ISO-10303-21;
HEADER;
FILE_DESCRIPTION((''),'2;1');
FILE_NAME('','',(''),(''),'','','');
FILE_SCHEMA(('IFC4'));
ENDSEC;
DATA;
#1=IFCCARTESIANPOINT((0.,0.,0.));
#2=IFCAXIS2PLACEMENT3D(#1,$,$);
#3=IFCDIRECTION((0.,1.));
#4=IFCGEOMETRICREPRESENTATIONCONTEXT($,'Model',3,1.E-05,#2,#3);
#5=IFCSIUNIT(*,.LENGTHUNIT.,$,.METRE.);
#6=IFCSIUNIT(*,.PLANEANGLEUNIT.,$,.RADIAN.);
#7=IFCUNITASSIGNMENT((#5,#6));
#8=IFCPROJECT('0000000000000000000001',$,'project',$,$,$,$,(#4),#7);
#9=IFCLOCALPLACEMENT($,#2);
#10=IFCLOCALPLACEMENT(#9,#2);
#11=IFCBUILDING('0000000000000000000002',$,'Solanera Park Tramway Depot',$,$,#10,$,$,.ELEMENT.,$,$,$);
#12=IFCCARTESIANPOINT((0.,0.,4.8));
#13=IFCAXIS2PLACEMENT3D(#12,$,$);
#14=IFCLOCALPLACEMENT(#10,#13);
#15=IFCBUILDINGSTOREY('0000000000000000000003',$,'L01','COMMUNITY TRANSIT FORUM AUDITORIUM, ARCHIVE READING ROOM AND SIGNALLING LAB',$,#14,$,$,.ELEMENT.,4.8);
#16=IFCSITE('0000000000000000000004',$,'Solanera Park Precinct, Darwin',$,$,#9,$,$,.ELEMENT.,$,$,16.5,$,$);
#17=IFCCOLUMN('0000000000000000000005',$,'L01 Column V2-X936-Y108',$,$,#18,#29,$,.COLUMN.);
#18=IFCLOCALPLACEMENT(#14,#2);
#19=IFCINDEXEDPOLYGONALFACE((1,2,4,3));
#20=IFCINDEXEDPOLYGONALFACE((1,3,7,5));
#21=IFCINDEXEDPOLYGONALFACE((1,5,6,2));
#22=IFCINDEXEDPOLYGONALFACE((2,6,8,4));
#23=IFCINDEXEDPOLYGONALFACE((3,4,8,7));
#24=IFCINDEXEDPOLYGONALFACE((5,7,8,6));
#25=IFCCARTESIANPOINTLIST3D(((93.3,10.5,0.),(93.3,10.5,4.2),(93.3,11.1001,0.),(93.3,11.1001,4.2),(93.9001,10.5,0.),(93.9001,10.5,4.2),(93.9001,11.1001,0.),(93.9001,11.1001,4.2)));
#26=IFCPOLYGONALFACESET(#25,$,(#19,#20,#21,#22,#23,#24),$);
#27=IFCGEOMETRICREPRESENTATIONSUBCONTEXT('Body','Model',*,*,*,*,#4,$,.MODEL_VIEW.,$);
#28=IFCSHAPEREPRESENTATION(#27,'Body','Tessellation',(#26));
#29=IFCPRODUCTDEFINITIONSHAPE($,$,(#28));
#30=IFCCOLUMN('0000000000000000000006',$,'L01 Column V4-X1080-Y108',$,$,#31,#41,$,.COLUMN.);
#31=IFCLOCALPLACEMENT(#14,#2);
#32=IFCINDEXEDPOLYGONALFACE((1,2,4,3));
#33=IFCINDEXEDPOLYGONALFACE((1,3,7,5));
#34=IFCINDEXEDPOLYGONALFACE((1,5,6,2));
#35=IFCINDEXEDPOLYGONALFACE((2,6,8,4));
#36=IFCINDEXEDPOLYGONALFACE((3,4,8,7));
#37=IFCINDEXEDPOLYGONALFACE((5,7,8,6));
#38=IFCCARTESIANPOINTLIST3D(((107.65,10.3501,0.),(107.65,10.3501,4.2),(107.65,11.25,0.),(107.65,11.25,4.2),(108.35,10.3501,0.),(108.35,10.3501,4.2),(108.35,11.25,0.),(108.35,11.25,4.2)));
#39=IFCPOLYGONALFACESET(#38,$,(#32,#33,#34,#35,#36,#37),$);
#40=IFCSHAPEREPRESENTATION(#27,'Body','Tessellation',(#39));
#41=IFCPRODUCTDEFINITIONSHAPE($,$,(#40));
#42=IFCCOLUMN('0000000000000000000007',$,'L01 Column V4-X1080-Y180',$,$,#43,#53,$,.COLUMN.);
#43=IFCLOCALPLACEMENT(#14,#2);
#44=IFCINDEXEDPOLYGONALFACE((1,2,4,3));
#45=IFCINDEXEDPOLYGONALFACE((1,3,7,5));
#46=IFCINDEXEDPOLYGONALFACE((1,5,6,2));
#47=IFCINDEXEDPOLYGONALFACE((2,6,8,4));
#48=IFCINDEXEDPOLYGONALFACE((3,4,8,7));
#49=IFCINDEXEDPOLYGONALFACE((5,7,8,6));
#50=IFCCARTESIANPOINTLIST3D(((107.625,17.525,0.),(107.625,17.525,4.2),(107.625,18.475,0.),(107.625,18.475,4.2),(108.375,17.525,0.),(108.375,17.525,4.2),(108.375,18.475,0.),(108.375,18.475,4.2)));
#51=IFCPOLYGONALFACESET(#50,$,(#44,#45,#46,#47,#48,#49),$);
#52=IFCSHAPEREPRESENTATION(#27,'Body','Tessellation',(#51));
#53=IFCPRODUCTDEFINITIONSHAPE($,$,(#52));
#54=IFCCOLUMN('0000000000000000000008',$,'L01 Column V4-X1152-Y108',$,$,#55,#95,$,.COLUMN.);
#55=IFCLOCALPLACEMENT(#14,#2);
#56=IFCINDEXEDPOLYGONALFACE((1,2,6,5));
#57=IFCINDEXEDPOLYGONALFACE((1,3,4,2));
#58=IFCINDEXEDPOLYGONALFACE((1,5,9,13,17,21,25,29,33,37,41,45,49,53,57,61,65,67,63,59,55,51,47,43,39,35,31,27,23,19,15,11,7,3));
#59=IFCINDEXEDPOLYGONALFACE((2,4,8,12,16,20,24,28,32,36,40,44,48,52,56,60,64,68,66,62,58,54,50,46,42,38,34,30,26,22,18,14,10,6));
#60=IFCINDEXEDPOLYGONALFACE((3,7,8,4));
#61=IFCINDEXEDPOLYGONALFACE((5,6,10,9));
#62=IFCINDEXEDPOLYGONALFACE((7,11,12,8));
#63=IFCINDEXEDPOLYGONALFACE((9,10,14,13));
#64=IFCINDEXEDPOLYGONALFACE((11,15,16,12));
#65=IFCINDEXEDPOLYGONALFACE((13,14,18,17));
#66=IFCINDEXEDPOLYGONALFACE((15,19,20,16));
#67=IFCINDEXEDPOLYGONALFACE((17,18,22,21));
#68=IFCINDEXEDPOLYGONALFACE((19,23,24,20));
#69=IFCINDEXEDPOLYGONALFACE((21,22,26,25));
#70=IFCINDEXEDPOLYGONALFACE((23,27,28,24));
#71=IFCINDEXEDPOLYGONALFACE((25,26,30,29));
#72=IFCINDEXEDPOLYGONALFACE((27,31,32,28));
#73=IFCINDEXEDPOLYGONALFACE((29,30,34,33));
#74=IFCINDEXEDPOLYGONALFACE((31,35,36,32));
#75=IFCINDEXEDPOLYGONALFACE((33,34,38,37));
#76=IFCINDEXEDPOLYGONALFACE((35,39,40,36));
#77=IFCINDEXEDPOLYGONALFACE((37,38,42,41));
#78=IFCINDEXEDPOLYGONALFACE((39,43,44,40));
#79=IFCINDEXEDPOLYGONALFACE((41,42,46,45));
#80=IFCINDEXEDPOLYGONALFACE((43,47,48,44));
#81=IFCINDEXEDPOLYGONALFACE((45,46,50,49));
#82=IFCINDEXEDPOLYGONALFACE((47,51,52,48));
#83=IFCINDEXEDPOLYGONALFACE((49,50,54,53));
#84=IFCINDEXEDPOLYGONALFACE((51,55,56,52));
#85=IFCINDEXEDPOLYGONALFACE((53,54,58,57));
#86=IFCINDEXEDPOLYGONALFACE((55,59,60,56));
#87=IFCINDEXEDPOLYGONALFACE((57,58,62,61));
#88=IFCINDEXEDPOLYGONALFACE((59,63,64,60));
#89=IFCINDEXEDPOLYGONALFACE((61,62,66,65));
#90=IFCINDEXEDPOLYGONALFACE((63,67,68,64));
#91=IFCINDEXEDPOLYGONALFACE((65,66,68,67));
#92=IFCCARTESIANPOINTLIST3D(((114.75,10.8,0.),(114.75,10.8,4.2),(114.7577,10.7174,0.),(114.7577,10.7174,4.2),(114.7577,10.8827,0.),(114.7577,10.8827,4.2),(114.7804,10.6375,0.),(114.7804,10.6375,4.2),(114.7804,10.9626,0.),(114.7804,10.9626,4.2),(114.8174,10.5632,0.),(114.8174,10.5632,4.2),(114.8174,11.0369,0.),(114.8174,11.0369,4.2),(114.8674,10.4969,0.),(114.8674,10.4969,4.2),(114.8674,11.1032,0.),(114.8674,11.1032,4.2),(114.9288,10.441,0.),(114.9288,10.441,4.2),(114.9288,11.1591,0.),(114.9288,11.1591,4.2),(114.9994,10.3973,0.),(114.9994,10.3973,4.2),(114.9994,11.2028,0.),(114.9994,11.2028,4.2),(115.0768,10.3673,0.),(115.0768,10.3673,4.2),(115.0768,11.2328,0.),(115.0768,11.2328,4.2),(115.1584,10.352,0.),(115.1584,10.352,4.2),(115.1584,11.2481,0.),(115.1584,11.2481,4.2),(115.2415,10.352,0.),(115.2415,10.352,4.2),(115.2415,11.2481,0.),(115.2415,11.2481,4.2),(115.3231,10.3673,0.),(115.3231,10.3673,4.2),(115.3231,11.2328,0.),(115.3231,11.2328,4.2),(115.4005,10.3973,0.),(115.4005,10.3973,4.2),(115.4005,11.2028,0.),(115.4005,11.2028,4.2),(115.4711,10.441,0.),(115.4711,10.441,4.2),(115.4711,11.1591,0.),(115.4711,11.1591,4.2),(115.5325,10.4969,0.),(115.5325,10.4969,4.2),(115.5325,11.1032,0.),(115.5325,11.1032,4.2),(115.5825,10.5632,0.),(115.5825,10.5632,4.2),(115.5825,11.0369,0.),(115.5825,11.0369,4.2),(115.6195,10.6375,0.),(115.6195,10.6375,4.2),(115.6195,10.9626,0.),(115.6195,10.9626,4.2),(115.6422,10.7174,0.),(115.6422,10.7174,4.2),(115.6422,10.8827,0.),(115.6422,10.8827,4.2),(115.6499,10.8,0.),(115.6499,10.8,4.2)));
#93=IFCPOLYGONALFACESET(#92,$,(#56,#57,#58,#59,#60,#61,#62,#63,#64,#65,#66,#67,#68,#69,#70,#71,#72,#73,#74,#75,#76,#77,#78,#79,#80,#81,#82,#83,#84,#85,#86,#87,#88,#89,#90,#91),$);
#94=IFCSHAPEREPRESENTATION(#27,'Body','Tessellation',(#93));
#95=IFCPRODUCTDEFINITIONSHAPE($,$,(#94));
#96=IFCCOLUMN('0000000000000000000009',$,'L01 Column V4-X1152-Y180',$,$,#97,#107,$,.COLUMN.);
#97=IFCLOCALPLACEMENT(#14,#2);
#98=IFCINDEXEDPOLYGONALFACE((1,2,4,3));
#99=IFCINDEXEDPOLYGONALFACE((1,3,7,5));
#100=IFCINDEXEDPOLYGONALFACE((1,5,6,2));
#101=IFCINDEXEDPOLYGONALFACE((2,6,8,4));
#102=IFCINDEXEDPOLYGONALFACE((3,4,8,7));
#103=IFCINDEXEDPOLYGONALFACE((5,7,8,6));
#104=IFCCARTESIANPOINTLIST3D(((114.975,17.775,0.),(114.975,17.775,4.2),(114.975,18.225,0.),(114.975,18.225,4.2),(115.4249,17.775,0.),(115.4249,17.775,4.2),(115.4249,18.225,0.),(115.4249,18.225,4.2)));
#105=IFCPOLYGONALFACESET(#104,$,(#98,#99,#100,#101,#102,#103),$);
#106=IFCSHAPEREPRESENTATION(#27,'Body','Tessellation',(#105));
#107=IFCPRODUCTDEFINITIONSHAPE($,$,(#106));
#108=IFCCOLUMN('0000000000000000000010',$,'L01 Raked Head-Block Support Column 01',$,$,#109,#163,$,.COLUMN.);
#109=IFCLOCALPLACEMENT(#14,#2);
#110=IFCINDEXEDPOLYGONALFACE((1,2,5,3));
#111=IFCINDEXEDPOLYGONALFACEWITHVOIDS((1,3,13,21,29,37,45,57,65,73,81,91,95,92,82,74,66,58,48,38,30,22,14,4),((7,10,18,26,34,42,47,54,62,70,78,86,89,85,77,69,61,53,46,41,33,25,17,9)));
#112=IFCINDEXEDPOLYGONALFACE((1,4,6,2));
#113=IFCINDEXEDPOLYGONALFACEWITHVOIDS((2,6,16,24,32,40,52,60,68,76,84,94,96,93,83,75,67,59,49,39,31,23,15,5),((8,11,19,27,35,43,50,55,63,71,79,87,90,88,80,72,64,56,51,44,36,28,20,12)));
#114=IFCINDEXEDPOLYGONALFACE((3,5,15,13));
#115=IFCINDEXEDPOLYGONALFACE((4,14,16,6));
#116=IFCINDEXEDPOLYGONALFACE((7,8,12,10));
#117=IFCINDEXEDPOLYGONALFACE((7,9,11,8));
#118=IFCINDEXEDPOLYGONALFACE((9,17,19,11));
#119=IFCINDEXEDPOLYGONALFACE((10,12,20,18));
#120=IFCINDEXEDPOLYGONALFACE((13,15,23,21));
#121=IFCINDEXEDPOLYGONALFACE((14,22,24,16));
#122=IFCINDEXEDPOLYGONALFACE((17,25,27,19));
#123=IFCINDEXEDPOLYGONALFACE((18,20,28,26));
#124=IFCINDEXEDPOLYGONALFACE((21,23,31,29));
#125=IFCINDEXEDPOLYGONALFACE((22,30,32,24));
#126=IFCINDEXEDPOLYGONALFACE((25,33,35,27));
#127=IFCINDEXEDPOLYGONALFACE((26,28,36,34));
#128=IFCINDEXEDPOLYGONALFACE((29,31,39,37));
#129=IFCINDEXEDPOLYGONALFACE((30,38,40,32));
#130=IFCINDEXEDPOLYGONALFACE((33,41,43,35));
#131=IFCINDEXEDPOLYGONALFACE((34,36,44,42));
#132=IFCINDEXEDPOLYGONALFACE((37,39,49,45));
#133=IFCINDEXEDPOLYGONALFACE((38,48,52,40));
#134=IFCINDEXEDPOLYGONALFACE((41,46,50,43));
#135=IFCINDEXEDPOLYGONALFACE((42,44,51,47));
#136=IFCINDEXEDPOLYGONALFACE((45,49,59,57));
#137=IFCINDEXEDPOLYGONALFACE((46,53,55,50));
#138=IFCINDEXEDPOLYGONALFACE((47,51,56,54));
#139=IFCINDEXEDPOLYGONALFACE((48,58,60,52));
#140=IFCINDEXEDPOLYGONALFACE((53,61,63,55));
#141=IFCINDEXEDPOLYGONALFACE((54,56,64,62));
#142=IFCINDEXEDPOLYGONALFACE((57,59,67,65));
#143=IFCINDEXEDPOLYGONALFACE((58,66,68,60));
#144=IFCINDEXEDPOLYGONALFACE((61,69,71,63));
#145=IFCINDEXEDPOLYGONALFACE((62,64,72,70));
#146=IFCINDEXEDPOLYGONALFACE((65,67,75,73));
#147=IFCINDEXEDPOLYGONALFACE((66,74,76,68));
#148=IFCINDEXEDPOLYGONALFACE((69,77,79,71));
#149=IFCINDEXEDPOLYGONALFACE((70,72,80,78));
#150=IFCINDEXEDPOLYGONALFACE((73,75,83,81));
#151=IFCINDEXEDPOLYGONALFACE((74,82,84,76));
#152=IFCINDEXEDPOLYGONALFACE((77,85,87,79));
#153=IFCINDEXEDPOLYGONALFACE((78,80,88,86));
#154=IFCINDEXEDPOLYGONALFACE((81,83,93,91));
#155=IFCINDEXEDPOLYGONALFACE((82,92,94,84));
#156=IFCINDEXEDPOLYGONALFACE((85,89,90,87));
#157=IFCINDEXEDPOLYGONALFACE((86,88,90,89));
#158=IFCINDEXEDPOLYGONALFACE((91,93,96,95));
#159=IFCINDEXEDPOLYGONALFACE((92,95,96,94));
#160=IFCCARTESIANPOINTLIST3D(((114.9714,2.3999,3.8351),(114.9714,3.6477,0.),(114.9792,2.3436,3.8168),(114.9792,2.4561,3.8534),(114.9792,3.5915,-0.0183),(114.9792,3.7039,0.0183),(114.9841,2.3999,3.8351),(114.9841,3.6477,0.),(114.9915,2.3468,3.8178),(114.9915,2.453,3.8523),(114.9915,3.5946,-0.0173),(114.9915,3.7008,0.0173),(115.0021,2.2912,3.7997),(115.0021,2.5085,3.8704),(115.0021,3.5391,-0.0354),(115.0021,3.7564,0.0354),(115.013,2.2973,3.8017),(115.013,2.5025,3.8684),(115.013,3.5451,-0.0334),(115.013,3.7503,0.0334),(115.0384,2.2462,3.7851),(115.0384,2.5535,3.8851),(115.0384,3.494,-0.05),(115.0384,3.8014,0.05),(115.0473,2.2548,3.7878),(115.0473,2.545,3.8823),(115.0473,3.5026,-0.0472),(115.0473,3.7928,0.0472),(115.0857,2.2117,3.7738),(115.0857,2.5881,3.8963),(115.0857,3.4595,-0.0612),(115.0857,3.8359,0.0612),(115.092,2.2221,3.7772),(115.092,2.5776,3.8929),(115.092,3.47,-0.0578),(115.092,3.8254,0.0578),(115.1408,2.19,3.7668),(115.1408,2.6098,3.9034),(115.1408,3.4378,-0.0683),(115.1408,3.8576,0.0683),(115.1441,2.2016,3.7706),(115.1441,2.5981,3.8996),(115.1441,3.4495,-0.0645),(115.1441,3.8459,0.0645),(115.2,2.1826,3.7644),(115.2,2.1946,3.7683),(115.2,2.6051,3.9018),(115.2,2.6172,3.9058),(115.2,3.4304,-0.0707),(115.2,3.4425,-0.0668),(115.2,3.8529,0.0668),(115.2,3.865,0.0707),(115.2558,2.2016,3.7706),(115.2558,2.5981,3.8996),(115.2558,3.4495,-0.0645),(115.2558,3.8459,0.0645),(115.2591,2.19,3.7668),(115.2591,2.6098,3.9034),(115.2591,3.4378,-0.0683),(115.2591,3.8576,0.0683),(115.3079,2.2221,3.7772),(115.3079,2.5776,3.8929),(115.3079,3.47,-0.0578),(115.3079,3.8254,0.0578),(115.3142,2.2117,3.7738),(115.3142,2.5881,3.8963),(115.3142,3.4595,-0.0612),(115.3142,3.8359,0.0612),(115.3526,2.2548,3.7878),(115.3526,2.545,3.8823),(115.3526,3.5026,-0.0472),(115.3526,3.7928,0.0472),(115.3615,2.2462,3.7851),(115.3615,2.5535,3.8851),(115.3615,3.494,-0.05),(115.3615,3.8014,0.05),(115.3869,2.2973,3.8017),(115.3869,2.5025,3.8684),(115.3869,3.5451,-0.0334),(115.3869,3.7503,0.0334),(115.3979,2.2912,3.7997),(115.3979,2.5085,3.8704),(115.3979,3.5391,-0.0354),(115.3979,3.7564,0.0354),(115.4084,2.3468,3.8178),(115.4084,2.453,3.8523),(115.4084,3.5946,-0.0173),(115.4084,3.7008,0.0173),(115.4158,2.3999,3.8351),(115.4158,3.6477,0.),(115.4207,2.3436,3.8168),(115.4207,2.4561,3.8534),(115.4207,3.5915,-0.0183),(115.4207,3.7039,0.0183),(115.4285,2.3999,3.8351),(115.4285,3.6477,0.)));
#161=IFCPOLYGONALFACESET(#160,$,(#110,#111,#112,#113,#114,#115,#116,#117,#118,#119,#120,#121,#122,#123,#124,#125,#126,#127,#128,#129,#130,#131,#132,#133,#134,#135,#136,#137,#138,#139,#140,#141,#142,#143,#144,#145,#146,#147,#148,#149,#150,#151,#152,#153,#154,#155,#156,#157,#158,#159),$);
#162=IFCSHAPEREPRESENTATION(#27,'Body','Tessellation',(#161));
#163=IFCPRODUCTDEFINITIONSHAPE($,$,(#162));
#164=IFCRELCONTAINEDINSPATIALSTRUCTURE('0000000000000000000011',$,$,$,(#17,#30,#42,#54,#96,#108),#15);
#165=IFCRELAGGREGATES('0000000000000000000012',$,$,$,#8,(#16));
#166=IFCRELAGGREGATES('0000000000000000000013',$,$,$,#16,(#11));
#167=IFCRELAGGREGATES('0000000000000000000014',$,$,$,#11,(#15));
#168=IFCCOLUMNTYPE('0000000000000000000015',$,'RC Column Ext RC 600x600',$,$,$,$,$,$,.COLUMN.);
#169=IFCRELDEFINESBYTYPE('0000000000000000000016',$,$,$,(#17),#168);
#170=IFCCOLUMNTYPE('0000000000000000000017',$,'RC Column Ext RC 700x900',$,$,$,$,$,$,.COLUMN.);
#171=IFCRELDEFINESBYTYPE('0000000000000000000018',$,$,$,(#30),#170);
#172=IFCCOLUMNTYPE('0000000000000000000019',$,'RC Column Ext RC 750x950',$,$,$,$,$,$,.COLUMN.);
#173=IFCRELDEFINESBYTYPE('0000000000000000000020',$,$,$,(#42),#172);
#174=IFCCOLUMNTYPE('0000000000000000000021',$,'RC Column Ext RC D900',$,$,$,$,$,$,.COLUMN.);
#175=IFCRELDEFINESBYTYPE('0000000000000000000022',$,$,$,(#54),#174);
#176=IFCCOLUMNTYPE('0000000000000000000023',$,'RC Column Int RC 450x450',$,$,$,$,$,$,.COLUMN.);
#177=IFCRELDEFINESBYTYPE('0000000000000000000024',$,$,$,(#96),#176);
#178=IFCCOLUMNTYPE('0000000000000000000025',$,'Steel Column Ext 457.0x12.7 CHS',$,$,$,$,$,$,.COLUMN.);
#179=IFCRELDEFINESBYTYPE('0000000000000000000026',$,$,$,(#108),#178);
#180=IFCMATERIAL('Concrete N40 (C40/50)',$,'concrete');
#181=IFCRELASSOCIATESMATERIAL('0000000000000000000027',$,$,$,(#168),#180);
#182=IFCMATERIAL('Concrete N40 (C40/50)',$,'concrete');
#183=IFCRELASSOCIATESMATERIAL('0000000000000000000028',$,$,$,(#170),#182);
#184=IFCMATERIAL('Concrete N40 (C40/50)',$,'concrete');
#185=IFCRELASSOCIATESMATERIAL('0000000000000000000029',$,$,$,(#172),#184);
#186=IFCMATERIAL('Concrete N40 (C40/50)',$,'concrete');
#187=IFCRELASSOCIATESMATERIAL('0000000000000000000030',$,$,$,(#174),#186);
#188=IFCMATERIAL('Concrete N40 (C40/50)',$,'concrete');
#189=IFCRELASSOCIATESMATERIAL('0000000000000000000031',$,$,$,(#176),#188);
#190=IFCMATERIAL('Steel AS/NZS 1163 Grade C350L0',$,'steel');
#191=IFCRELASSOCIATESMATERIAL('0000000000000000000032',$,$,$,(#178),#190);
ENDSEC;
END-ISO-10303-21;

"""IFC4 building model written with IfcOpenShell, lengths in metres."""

from ifc_helpers import new_model, si_unit, direction, frame, origin, origin_2d, place, context, subcontext, project, spatial, rectangle, circle, hollow_circle, extrude, material, material_profile, profile_set, type_object, element, save


model = new_model("IFC4")

# Units and contexts
model_context = context("Model", 3, precision=1e-05, world=origin(), true_north=direction((0.0, 1.0)))
body_context = subcontext(model_context, "Body", "Model", "MODEL_VIEW")
ifc_project = project(units=[si_unit("LENGTHUNIT", "METRE"), si_unit("PLANEANGLEUNIT", "RADIAN")], contexts=[model_context])

# Site, building, storey
site_placement = place(None, origin())
site = spatial("IfcSite", under=ifc_project, at=site_placement, Name="Solanera Park Precinct, Darwin", CompositionType="ELEMENT", RefElevation=16.5)
building_placement = place(site_placement, origin())
building = spatial("IfcBuilding", under=site, at=building_placement, Name="Solanera Park Tramway Depot", CompositionType="ELEMENT")
storey_placement = place(building_placement, frame((0.0, 0.0, 4.8)))
storey = spatial("IfcBuildingStorey", under=building, at=storey_placement, Name="L01", Description="COMMUNITY TRANSIT FORUM AUDITORIUM, ARCHIVE READING ROOM AND SIGNALLING LAB", CompositionType="ELEMENT", Elevation=4.8)

# Columns
ifc_material_1 = material(Name="Concrete N40 (C40/50)", Category="concrete")
ifc_material_profile_1 = material_profile(ifc_material_1, rectangle(XDim=0.6001, YDim=0.6001, at=origin_2d()), Name="RC 600x600")
ifc_profile_set_1 = profile_set([ifc_material_profile_1], Name="Concrete N40 (C40/50)")
column_type_1 = type_object("IfcColumnType", Name="RC Column Ext RC 600x600", PredefinedType="COLUMN", material=ifc_profile_set_1)
column_1_placement = place(storey_placement, frame((93.6001, 10.8, 0.0), z_axis=(0.0, 0.0, 1.0), x_axis=(1.0, 0.0, 0.0)))
element("IfcColumn", 1, at=column_1_placement, inside=storey, type_object=column_type_1, Name="L01 Column V2-X936-Y108", PredefinedType="COLUMN", context=body_context, shape_type="SweptSolid", body=[
    extrude(rectangle(XDim=0.6001, YDim=0.6001, at=origin_2d()), origin(), (0.0, 0.0, 1.0), 4.2),
])
ifc_material_2 = material(Name="Concrete N40 (C40/50)", Category="concrete")
ifc_material_profile_2 = material_profile(ifc_material_2, rectangle(XDim=0.7, YDim=0.8999, at=origin_2d()), Name="RC 700x900")
ifc_profile_set_2 = profile_set([ifc_material_profile_2], Name="Concrete N40 (C40/50)")
column_type_2 = type_object("IfcColumnType", Name="RC Column Ext RC 700x900", PredefinedType="COLUMN", material=ifc_profile_set_2)
column_2_placement = place(storey_placement, frame((108.0, 10.8, 0.0), z_axis=(0.0, 0.0, 1.0), x_axis=(1.0, 0.0, 0.0)))
element("IfcColumn", 2, at=column_2_placement, inside=storey, type_object=column_type_2, Name="L01 Column V4-X1080-Y108", PredefinedType="COLUMN", context=body_context, shape_type="SweptSolid", body=[
    extrude(rectangle(XDim=0.7, YDim=0.8999, at=origin_2d()), origin(), (0.0, 0.0, 1.0), 4.2),
])
ifc_material_3 = material(Name="Concrete N40 (C40/50)", Category="concrete")
ifc_material_profile_3 = material_profile(ifc_material_3, rectangle(XDim=0.75, YDim=0.95, at=origin_2d()), Name="RC 750x950")
ifc_profile_set_3 = profile_set([ifc_material_profile_3], Name="Concrete N40 (C40/50)")
column_type_3 = type_object("IfcColumnType", Name="RC Column Ext RC 750x950", PredefinedType="COLUMN", material=ifc_profile_set_3)
column_3_placement = place(storey_placement, frame((108.0, 18.0, 0.0), z_axis=(0.0, 0.0, 1.0), x_axis=(1.0, 0.0, 0.0)))
element("IfcColumn", 3, at=column_3_placement, inside=storey, type_object=column_type_3, Name="L01 Column V4-X1080-Y180", PredefinedType="COLUMN", context=body_context, shape_type="SweptSolid", body=[
    extrude(rectangle(XDim=0.75, YDim=0.95, at=origin_2d()), origin(), (0.0, 0.0, 1.0), 4.2),
])
ifc_material_4 = material(Name="Concrete N40 (C40/50)", Category="concrete")
ifc_material_profile_4 = material_profile(ifc_material_4, circle(Radius=0.45, at=origin_2d()), Name="RC D900")
ifc_profile_set_4 = profile_set([ifc_material_profile_4], Name="Concrete N40 (C40/50)")
column_type_4 = type_object("IfcColumnType", Name="RC Column Ext RC D900", PredefinedType="COLUMN", material=ifc_profile_set_4)
column_4_placement = place(storey_placement, frame((115.2, 10.8, 0.0), z_axis=(0.0, 0.0, 1.0), x_axis=(1.0, 0.0, 0.0)))
element("IfcColumn", 4, at=column_4_placement, inside=storey, type_object=column_type_4, Name="L01 Column V4-X1152-Y108", PredefinedType="COLUMN", context=body_context, shape_type="SweptSolid", body=[
    extrude(circle(Radius=0.45, at=origin_2d()), origin(), (0.0, 0.0, 1.0), 4.2),
])
ifc_material_5 = material(Name="Concrete N40 (C40/50)", Category="concrete")
ifc_material_profile_5 = material_profile(ifc_material_5, rectangle(XDim=0.45, YDim=0.45, at=origin_2d()), Name="RC 450x450")
ifc_profile_set_5 = profile_set([ifc_material_profile_5], Name="Concrete N40 (C40/50)")
column_type_5 = type_object("IfcColumnType", Name="RC Column Int RC 450x450", PredefinedType="COLUMN", material=ifc_profile_set_5)
column_5_placement = place(storey_placement, frame((115.2, 18.0, 0.0), z_axis=(0.0, 0.0, 1.0), x_axis=(1.0, 0.0, 0.0)))
element("IfcColumn", 5, at=column_5_placement, inside=storey, type_object=column_type_5, Name="L01 Column V4-X1152-Y180", PredefinedType="COLUMN", context=body_context, shape_type="SweptSolid", body=[
    extrude(rectangle(XDim=0.45, YDim=0.45, at=origin_2d()), origin(), (0.0, 0.0, 1.0), 4.2),
])
ifc_material_6 = material(Name="Steel AS/NZS 1163 Grade C350L0", Category="steel")
ifc_material_profile_6 = material_profile(ifc_material_6, hollow_circle(Radius=0.2285, WallThickness=0.0127, at=origin_2d()), Name="457.0x12.7 CHS")
ifc_profile_set_6 = profile_set([ifc_material_profile_6], Name="Steel AS/NZS 1163 Grade C350L0")
column_type_6 = type_object("IfcColumnType", Name="Steel Column Ext 457.0x12.7 CHS", PredefinedType="COLUMN", material=ifc_profile_set_6)
for number, where, z_axis, x_axis, name in (
    (6, (115.2, 3.6477, 0.0), (0.0, -0.309409, 0.950929), (1.0, 0.0, 0.0), "L01 Raked Head-Block Support Column 01"),
):
    element("IfcColumn", number, at=place(storey_placement, frame(where, z_axis=z_axis, x_axis=x_axis)), inside=storey, type_object=column_type_6, Name=name, PredefinedType="COLUMN", context=body_context, shape_type="SweptSolid", body=[
        extrude(hollow_circle(Radius=0.2285, WallThickness=0.0127, at=origin_2d()), origin(), (0.0, 0.0, 1.0), 4.033),
    ])

save(model, "model.ifc")
